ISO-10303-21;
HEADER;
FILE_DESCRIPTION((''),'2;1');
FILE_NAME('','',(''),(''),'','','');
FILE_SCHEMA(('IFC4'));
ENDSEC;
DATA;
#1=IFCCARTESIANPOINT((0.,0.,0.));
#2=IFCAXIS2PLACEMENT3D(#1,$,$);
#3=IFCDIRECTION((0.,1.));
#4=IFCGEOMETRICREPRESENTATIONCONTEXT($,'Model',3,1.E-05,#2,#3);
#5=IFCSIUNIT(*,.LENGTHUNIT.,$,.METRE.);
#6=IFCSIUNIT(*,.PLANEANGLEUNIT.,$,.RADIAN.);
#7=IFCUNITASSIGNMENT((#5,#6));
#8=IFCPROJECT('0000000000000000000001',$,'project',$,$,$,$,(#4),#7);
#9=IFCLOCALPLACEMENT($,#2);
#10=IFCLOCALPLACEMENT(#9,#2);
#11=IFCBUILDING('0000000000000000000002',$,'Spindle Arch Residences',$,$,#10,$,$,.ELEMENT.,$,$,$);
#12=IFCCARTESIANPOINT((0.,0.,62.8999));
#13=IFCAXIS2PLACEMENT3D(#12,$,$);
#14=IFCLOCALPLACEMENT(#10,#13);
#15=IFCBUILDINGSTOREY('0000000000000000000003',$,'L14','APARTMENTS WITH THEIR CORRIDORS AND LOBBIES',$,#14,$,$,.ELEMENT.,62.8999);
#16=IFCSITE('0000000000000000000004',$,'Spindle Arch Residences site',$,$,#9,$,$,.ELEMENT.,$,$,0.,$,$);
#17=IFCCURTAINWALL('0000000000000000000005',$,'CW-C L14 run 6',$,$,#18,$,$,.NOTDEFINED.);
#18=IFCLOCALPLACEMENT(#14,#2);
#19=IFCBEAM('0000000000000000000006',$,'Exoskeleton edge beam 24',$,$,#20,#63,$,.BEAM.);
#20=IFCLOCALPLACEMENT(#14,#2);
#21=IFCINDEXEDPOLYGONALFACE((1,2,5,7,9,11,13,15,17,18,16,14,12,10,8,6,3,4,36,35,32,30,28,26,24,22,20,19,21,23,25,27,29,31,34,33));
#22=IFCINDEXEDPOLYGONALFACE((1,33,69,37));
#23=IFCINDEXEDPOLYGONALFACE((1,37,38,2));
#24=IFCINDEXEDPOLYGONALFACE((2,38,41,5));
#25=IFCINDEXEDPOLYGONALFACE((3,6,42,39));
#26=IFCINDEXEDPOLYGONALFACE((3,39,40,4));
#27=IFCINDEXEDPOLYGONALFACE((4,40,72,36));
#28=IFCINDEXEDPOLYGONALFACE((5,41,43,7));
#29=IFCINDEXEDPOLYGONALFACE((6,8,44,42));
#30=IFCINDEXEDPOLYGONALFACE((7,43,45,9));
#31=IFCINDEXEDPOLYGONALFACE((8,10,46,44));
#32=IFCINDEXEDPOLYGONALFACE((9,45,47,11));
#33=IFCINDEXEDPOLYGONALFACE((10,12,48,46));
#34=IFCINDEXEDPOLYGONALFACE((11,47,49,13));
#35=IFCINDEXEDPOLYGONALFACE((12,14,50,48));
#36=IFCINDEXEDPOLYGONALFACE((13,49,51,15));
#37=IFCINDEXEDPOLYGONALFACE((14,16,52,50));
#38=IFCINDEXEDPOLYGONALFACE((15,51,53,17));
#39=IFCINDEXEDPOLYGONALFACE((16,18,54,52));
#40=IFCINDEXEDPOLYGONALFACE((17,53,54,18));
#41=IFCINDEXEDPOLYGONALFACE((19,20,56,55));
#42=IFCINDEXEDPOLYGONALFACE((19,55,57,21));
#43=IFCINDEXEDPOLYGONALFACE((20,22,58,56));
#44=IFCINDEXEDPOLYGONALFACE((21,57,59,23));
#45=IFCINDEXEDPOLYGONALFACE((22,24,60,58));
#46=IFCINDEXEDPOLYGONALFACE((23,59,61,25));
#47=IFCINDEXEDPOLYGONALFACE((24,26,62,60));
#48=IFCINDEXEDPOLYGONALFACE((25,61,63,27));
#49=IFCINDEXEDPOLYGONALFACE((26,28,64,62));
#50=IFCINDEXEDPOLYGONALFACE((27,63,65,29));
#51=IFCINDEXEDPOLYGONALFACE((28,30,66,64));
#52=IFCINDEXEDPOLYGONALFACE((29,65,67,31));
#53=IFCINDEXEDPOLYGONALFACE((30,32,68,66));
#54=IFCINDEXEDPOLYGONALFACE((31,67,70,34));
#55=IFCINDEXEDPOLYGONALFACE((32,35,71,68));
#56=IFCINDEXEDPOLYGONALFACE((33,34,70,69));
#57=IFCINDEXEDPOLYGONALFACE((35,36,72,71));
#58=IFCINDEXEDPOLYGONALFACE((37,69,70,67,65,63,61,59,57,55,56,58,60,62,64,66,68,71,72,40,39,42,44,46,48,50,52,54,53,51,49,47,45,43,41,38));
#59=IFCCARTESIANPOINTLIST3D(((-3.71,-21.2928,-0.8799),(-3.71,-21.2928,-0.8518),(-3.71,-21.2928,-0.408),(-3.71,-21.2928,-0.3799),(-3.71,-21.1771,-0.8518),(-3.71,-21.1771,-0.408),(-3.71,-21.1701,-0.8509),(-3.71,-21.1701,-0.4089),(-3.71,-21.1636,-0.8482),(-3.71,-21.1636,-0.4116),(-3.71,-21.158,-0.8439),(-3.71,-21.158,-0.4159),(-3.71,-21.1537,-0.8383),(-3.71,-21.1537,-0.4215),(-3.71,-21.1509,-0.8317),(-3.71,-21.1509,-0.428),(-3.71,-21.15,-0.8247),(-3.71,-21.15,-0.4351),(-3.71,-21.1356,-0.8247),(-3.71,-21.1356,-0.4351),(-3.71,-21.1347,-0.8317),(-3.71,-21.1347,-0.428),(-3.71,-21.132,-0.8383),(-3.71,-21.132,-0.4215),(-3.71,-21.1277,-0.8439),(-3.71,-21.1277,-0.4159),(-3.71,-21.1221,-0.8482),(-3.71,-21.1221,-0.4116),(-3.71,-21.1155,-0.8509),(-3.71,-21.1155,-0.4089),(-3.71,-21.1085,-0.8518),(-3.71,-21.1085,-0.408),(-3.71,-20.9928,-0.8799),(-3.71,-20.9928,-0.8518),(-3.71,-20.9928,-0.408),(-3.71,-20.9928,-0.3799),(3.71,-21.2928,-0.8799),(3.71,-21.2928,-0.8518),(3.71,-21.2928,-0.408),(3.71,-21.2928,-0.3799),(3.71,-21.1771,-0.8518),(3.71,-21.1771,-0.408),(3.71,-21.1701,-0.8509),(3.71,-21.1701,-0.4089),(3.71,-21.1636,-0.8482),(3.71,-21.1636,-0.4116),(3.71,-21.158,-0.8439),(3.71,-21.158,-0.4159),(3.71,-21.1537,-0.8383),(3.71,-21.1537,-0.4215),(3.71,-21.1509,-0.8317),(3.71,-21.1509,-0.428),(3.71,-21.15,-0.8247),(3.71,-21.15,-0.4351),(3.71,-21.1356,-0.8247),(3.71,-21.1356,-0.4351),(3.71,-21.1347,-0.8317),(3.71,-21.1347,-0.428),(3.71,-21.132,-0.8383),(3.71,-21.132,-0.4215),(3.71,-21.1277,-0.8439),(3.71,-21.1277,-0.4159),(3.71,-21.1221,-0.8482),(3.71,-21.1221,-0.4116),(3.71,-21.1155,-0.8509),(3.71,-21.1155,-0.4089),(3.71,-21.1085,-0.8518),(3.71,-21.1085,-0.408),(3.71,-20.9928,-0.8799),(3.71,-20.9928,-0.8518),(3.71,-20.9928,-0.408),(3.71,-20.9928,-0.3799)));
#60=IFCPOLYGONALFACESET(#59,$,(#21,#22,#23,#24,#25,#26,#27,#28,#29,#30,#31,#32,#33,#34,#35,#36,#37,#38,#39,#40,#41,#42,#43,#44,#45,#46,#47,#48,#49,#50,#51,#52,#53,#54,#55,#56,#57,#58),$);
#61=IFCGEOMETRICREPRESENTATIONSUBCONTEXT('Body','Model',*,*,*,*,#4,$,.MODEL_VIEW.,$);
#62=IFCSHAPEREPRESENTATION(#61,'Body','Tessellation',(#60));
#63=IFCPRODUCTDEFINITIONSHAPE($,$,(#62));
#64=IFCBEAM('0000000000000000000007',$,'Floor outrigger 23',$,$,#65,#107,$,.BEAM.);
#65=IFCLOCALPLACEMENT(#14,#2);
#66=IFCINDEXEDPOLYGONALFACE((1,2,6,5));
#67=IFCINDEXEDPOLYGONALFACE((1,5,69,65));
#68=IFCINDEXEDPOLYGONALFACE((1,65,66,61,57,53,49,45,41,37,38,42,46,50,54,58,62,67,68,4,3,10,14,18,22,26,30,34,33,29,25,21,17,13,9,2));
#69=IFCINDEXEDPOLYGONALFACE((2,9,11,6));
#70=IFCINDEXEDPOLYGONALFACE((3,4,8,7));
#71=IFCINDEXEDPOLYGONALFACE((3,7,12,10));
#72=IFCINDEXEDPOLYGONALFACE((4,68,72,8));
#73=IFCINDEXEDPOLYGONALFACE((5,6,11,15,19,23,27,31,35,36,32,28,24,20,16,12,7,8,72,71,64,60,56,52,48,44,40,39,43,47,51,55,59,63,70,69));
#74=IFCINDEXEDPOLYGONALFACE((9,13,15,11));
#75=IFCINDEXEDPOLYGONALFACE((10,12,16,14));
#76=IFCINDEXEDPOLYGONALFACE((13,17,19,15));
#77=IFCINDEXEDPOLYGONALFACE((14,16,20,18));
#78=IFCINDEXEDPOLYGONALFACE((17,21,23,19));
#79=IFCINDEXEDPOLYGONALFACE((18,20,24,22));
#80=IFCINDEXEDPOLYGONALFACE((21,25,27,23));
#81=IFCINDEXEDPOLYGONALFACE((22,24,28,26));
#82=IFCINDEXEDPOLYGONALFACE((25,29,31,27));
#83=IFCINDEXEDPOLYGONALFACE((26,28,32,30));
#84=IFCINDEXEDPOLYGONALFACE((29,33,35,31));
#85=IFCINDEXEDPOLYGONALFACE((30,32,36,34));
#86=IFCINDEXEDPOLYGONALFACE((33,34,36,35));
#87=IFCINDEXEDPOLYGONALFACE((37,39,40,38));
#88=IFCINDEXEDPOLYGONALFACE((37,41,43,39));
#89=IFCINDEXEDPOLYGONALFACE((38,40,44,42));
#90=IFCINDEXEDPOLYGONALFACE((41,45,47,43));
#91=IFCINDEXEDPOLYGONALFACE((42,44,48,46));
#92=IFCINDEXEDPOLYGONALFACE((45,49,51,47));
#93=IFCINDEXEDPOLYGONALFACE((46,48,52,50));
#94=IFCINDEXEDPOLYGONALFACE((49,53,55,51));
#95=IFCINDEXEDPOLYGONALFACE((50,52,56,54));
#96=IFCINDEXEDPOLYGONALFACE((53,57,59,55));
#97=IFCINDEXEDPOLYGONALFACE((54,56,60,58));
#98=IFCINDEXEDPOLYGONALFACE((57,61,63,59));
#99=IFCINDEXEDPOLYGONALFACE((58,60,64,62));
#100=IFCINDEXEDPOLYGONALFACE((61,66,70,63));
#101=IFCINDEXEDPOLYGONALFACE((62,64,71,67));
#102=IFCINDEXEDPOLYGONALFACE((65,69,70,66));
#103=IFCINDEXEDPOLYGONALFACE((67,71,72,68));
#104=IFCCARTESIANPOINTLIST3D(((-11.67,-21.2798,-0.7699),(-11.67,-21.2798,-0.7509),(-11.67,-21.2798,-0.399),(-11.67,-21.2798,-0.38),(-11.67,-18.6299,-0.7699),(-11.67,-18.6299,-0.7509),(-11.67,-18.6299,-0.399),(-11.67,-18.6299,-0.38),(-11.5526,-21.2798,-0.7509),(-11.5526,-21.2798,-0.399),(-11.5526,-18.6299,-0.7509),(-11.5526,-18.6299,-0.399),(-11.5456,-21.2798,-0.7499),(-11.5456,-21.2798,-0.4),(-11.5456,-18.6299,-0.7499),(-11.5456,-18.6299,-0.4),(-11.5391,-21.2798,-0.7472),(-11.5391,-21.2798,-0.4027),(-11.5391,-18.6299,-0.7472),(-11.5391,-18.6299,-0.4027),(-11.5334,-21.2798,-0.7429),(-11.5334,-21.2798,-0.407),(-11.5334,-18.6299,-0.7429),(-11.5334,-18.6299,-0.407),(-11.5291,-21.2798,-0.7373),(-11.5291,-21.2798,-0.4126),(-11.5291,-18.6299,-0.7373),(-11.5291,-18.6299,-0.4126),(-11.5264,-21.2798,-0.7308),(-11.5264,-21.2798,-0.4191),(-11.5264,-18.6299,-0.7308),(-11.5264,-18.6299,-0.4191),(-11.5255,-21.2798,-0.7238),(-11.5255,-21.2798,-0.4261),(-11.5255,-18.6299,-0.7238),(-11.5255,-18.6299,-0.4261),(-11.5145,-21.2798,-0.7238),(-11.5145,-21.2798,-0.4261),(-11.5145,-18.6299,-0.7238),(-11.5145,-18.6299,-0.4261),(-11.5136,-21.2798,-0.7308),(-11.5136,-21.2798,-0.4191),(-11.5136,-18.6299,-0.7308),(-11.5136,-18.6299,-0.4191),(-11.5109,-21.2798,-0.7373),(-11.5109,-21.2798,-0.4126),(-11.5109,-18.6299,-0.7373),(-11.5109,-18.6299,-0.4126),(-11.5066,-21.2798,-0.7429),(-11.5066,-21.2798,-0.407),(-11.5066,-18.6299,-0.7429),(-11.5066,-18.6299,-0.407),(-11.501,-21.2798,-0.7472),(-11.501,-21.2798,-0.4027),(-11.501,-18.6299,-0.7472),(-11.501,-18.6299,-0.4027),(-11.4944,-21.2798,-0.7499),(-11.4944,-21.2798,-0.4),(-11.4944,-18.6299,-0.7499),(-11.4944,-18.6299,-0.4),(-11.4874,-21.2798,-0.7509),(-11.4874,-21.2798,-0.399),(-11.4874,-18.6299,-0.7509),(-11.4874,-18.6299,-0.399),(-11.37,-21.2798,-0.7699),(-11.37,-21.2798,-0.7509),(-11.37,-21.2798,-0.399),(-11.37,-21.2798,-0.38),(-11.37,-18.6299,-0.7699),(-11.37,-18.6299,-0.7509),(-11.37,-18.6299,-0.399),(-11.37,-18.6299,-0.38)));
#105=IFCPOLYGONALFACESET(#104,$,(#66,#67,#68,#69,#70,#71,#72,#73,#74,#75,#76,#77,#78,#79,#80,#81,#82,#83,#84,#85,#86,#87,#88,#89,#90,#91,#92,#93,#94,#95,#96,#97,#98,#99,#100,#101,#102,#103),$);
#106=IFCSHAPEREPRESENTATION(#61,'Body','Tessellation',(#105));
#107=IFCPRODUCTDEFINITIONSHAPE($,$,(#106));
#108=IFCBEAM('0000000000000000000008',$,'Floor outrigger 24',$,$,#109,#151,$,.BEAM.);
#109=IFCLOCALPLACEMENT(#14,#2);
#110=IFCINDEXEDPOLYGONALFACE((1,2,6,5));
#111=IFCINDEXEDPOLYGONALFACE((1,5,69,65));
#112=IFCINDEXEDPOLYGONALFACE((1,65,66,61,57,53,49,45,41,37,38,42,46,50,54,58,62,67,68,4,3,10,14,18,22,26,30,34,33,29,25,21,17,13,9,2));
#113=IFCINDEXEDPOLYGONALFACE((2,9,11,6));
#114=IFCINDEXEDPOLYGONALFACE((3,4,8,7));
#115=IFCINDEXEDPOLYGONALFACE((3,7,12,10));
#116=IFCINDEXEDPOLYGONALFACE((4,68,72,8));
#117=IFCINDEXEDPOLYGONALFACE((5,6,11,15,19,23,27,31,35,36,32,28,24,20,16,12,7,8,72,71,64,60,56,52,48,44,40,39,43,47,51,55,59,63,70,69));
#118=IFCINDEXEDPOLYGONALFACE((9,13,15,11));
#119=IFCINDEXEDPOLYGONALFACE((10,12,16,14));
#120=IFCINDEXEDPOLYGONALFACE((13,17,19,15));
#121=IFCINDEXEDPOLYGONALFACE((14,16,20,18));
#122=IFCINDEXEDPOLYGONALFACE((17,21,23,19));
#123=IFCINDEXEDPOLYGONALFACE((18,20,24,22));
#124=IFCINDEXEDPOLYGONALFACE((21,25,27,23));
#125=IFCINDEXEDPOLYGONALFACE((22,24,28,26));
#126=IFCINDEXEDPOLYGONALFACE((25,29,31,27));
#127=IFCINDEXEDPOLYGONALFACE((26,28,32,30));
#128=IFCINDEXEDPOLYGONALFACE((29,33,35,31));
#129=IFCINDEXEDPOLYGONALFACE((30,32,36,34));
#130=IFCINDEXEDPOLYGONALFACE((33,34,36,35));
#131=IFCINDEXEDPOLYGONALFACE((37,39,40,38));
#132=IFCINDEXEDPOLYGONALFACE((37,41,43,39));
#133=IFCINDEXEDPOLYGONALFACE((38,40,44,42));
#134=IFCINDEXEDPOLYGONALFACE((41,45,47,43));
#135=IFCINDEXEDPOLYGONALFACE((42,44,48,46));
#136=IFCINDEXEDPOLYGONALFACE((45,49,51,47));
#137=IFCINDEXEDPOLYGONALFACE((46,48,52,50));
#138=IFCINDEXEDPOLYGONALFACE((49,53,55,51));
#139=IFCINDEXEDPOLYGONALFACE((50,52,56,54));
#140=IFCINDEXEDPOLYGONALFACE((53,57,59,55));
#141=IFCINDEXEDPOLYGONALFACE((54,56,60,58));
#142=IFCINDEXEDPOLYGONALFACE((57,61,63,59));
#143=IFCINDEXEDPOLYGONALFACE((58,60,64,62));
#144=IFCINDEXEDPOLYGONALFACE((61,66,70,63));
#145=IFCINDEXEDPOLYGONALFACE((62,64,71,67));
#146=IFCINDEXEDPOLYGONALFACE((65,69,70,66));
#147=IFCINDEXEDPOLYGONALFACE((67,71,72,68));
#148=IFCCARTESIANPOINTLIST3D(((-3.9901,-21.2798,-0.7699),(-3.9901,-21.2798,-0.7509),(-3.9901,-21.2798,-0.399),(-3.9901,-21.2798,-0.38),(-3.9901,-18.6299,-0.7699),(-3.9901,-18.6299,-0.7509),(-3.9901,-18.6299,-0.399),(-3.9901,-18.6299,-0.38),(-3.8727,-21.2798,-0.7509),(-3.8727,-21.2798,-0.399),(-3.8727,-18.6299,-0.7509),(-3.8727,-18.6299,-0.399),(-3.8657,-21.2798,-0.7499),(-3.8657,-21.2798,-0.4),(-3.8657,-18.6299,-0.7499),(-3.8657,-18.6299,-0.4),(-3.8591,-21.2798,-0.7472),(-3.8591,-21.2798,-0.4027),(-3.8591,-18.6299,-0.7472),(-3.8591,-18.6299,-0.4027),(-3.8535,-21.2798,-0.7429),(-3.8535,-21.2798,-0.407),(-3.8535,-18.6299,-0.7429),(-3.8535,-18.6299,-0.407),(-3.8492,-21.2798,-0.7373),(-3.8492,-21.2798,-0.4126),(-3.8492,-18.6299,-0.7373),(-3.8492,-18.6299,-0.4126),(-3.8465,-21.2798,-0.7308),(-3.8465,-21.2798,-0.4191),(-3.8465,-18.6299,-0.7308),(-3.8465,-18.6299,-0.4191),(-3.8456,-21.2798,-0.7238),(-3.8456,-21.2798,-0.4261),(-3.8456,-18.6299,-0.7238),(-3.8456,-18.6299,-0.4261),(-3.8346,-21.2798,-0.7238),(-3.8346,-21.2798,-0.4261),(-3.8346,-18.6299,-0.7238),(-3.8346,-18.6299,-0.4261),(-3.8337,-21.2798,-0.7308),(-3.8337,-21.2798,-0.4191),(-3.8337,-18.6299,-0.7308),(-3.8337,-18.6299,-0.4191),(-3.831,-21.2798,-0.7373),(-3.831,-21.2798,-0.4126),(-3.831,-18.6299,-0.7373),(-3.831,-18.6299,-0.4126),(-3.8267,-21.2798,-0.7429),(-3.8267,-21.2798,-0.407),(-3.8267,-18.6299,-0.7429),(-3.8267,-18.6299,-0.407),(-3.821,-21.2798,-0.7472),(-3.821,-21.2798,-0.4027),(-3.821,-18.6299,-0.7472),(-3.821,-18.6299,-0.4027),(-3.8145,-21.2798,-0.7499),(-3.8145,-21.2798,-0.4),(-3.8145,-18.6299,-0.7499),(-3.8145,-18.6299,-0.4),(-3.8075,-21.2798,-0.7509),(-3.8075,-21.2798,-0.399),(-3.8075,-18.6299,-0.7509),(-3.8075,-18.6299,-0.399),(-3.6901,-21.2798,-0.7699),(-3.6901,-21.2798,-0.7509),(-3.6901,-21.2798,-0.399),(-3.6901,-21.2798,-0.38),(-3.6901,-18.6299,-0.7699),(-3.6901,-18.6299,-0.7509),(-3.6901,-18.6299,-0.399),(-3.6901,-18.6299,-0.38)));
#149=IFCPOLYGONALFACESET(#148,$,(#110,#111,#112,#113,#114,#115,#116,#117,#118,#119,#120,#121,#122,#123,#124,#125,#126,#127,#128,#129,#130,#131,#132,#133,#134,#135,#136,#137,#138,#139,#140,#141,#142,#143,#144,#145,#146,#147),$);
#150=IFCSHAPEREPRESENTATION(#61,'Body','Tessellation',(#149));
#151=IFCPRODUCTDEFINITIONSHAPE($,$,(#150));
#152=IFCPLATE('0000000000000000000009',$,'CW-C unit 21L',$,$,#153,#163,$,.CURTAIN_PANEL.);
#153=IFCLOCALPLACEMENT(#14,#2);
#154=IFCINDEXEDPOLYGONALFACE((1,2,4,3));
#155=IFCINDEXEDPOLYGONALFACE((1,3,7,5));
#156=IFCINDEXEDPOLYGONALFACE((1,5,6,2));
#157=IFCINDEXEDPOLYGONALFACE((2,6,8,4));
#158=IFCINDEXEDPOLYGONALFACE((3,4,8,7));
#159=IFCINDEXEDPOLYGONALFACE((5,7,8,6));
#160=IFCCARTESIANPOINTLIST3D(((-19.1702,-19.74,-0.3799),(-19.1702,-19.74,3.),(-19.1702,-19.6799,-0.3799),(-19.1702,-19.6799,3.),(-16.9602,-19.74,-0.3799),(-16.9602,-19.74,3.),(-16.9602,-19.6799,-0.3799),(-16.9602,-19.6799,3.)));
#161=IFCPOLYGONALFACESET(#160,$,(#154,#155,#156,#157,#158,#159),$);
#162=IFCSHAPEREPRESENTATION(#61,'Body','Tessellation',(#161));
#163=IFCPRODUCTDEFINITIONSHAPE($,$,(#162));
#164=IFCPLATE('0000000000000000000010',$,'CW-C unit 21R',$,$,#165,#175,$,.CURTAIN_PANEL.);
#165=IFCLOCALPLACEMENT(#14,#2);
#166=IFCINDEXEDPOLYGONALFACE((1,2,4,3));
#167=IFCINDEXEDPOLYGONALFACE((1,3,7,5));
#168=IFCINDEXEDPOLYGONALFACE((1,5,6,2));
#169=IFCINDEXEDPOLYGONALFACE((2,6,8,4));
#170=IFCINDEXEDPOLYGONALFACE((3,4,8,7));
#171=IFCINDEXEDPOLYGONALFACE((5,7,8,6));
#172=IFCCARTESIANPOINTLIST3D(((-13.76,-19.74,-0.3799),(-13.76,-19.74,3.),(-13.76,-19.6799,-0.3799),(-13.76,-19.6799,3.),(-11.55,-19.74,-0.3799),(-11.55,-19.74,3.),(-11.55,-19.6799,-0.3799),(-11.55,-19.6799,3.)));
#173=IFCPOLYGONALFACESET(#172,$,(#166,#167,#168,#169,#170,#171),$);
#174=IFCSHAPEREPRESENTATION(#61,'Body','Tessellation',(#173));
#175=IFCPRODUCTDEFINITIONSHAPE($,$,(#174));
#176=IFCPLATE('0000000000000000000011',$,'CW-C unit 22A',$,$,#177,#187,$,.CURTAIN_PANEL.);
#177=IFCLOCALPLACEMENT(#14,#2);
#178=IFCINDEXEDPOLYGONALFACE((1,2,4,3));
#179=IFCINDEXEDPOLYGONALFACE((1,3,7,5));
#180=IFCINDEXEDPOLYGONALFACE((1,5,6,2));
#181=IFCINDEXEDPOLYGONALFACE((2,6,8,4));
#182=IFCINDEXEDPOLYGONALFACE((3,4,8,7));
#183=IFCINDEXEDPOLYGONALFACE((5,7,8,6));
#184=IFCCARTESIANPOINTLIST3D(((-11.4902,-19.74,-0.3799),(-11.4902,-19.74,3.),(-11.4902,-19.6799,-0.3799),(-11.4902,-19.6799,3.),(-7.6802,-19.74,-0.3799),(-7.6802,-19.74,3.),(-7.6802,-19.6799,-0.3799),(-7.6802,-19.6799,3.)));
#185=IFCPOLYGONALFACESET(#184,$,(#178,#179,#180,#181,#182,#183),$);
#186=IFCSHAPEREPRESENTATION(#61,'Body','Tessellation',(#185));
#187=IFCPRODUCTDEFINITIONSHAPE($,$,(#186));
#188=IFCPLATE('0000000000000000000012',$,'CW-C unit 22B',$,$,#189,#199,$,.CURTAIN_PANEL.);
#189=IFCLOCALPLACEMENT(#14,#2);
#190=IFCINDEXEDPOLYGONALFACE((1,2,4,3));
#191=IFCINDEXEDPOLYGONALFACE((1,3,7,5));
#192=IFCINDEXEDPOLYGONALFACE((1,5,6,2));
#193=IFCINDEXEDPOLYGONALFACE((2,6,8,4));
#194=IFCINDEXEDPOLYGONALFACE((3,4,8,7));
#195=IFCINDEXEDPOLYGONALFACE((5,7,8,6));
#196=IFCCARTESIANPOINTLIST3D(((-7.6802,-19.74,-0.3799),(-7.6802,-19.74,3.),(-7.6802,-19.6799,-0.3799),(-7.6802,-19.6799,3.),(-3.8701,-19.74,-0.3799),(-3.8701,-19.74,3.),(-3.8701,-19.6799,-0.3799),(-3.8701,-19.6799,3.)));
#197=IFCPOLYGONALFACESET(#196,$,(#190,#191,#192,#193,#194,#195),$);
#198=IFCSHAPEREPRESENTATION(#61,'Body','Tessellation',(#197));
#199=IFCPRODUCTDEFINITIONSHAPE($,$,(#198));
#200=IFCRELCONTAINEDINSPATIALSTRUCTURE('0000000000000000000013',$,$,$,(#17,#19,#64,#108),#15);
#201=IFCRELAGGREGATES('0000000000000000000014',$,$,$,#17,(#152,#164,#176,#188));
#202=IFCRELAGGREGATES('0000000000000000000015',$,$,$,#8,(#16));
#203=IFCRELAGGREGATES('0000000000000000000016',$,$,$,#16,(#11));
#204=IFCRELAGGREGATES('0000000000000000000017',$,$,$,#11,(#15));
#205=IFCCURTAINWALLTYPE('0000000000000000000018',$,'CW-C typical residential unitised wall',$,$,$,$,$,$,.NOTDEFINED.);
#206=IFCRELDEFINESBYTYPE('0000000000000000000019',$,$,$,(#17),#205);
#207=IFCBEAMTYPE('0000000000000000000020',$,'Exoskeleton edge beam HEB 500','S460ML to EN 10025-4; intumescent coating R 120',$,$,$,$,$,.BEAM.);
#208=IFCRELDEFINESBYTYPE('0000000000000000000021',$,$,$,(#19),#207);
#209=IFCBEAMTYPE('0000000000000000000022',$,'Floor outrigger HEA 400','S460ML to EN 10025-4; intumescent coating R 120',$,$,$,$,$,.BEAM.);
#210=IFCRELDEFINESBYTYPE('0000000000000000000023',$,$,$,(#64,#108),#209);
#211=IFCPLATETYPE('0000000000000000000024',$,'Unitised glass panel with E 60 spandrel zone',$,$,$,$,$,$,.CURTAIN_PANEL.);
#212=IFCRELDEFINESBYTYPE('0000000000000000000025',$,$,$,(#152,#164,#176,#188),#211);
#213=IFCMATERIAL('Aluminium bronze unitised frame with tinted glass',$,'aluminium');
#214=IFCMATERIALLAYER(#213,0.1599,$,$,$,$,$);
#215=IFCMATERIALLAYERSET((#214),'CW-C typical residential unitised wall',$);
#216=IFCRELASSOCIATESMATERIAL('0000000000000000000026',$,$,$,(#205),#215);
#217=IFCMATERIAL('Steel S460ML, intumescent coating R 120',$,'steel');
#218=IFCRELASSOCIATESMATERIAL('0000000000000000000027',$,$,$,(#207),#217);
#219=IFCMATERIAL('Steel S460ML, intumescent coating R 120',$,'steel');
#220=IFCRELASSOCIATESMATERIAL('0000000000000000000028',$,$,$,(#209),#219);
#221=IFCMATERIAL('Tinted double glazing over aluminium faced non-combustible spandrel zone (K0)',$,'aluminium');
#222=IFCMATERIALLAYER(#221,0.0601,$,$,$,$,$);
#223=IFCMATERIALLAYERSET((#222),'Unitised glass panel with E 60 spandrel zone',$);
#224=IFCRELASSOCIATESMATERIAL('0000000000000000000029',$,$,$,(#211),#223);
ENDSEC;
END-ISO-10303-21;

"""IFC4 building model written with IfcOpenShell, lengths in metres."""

from ifc_helpers import new_model, si_unit, direction, frame, origin, origin_2d, place, context, subcontext, project, spatial, rectangle, i_section, extrude, material, layer, layer_set, material_profile, profile_set, type_object, element, aggregate, save


model = new_model("IFC4")

# Units and contexts
model_context = context("Model", 3, precision=1e-05, world=origin(), true_north=direction((0.0, 1.0)))
body_context = subcontext(model_context, "Body", "Model", "MODEL_VIEW")
ifc_project = project(units=[si_unit("LENGTHUNIT", "METRE"), si_unit("PLANEANGLEUNIT", "RADIAN")], contexts=[model_context])

# Site, building, storey
site_placement = place(None, origin())
site = spatial("IfcSite", under=ifc_project, at=site_placement, Name="Spindle Arch Residences site", CompositionType="ELEMENT", RefElevation=0.0)
building_placement = place(site_placement, origin())
building = spatial("IfcBuilding", under=site, at=building_placement, Name="Spindle Arch Residences", CompositionType="ELEMENT")
storey_placement = place(building_placement, frame((0.0, 0.0, 62.8999)))
storey = spatial("IfcBuildingStorey", under=building, at=storey_placement, Name="L14", Description="APARTMENTS WITH THEIR CORRIDORS AND LOBBIES", CompositionType="ELEMENT", Elevation=62.8999)

# Curtain wall
ifc_material_1 = material(Name="Aluminium bronze unitised frame with tinted glass", Category="aluminium")
ifc_layer_1 = layer(ifc_material_1, 0.1599)
ifc_layer_set_1 = layer_set([ifc_layer_1], Name="CW-C typical residential unitised wall")
curtain_wall_type = type_object("IfcCurtainWallType", Name="CW-C typical residential unitised wall", PredefinedType="NOTDEFINED", material=ifc_layer_set_1)
curtain_wall_placement = place(storey_placement, origin())
curtain_wall = element("IfcCurtainWall", 1, at=curtain_wall_placement, inside=storey, type_object=curtain_wall_type, Name="CW-C L14 run 6", PredefinedType="NOTDEFINED")

# Beams
ifc_material_2 = material(Name="Steel S460ML, intumescent coating R 120", Category="steel")
ifc_material_profile_1 = material_profile(ifc_material_2, i_section(OverallWidth=0.3, OverallDepth=0.5, WebThickness=0.0144, FlangeThickness=0.0281, FilletRadius=0.0271, at=origin_2d()), Name="HEB 500")
ifc_profile_set_1 = profile_set([ifc_material_profile_1], Name="Steel S460ML, intumescent coating R 120")
beam_type_1 = type_object("IfcBeamType", Name="Exoskeleton edge beam HEB 500", Description="S460ML to EN 10025-4; intumescent coating R 120", PredefinedType="BEAM", material=ifc_profile_set_1)
beam_1_placement = place(storey_placement, frame((-3.71, -21.1428, -0.6299), z_axis=(1.0, 0.0, 0.0), x_axis=(0.0, 1.0, 0.0)))
element("IfcBeam", 2, at=beam_1_placement, inside=storey, type_object=beam_type_1, Name="Exoskeleton edge beam 24", PredefinedType="BEAM", context=body_context, shape_type="SweptSolid", body=[
    extrude(i_section(OverallWidth=0.3, OverallDepth=0.5, WebThickness=0.0144, FlangeThickness=0.0281, FilletRadius=0.0271, at=origin_2d()), origin(), (0.0, 0.0, 1.0), 7.4199),
])
ifc_material_3 = material(Name="Steel S460ML, intumescent coating R 120", Category="steel")
ifc_material_profile_2 = material_profile(ifc_material_3, i_section(OverallWidth=0.3, OverallDepth=0.3899, WebThickness=0.011, FlangeThickness=0.019, FilletRadius=0.0271, at=origin_2d()), Name="HEA 400")
ifc_profile_set_2 = profile_set([ifc_material_profile_2], Name="Steel S460ML, intumescent coating R 120")
beam_type_2 = type_object("IfcBeamType", Name="Floor outrigger HEA 400", Description="S460ML to EN 10025-4; intumescent coating R 120", PredefinedType="BEAM", material=ifc_profile_set_2)
for number, where, z_axis, x_axis, name in (
    (3, (-11.52, -21.2798, -0.575), (0.0, 1.0, 0.0), (-1.0, 0.0, 0.0), "Floor outrigger 23"),
    (4, (-3.8401, -21.2798, -0.575), (0.0, 1.0, 0.0), (-1.0, 0.0, 0.0), "Floor outrigger 24"),
):
    element("IfcBeam", number, at=place(storey_placement, frame(where, z_axis=z_axis, x_axis=x_axis)), inside=storey, type_object=beam_type_2, Name=name, PredefinedType="BEAM", context=body_context, shape_type="SweptSolid", body=[
        extrude(i_section(OverallWidth=0.3, OverallDepth=0.3899, WebThickness=0.011, FlangeThickness=0.019, FilletRadius=0.0271, at=origin_2d()), origin(), (0.0, 0.0, 1.0), 2.6499),
    ])

# Plates
ifc_material_4 = material(Name="Tinted double glazing over aluminium faced non-combustible spandrel zone (K0)", Category="aluminium")
ifc_layer_2 = layer(ifc_material_4, 0.0601)
ifc_layer_set_2 = layer_set([ifc_layer_2], Name="Unitised glass panel with E 60 spandrel zone")
plate_type = type_object("IfcPlateType", Name="Unitised glass panel with E 60 spandrel zone", PredefinedType="CURTAIN_PANEL", material=ifc_layer_set_2)
plate_1_placement = place(storey_placement, frame((-18.0652, -19.71, -0.3799), z_axis=(0.0, 0.0, 1.0), x_axis=(1.0, 0.0, 0.0)))
plate_1 = element("IfcPlate", 5, at=plate_1_placement, type_object=plate_type, Name="CW-C unit 21L", PredefinedType="CURTAIN_PANEL", context=body_context, shape_type="SweptSolid", body=[
    extrude(rectangle(XDim=2.21, YDim=0.0601, at=origin_2d()), origin(), (0.0, 0.0, 1.0), 3.3799),
])
plate_2_placement = place(storey_placement, frame((-12.655, -19.71, -0.3799), z_axis=(0.0, 0.0, 1.0), x_axis=(1.0, 0.0, 0.0)))
plate_2 = element("IfcPlate", 6, at=plate_2_placement, type_object=plate_type, Name="CW-C unit 21R", PredefinedType="CURTAIN_PANEL", context=body_context, shape_type="SweptSolid", body=[
    extrude(rectangle(XDim=2.21, YDim=0.0601, at=origin_2d()), origin(), (0.0, 0.0, 1.0), 3.3799),
])
plate_3_placement = place(storey_placement, frame((-9.5852, -19.71, -0.3799), z_axis=(0.0, 0.0, 1.0), x_axis=(1.0, 0.0, 0.0)))
plate_3 = element("IfcPlate", 7, at=plate_3_placement, type_object=plate_type, Name="CW-C unit 22A", PredefinedType="CURTAIN_PANEL", context=body_context, shape_type="SweptSolid", body=[
    extrude(rectangle(XDim=3.8101, YDim=0.0601, at=origin_2d()), origin(), (0.0, 0.0, 1.0), 3.3799),
])
plate_4_placement = place(storey_placement, frame((-5.7751, -19.71, -0.3799), z_axis=(0.0, 0.0, 1.0), x_axis=(1.0, 0.0, 0.0)))
plate_4 = element("IfcPlate", 8, at=plate_4_placement, type_object=plate_type, Name="CW-C unit 22B", PredefinedType="CURTAIN_PANEL", context=body_context, shape_type="SweptSolid", body=[
    extrude(rectangle(XDim=3.8101, YDim=0.0601, at=origin_2d()), origin(), (0.0, 0.0, 1.0), 3.3799),
])
aggregate(curtain_wall, [plate_1, plate_2, plate_3, plate_4])

save(model, "model.ifc")
